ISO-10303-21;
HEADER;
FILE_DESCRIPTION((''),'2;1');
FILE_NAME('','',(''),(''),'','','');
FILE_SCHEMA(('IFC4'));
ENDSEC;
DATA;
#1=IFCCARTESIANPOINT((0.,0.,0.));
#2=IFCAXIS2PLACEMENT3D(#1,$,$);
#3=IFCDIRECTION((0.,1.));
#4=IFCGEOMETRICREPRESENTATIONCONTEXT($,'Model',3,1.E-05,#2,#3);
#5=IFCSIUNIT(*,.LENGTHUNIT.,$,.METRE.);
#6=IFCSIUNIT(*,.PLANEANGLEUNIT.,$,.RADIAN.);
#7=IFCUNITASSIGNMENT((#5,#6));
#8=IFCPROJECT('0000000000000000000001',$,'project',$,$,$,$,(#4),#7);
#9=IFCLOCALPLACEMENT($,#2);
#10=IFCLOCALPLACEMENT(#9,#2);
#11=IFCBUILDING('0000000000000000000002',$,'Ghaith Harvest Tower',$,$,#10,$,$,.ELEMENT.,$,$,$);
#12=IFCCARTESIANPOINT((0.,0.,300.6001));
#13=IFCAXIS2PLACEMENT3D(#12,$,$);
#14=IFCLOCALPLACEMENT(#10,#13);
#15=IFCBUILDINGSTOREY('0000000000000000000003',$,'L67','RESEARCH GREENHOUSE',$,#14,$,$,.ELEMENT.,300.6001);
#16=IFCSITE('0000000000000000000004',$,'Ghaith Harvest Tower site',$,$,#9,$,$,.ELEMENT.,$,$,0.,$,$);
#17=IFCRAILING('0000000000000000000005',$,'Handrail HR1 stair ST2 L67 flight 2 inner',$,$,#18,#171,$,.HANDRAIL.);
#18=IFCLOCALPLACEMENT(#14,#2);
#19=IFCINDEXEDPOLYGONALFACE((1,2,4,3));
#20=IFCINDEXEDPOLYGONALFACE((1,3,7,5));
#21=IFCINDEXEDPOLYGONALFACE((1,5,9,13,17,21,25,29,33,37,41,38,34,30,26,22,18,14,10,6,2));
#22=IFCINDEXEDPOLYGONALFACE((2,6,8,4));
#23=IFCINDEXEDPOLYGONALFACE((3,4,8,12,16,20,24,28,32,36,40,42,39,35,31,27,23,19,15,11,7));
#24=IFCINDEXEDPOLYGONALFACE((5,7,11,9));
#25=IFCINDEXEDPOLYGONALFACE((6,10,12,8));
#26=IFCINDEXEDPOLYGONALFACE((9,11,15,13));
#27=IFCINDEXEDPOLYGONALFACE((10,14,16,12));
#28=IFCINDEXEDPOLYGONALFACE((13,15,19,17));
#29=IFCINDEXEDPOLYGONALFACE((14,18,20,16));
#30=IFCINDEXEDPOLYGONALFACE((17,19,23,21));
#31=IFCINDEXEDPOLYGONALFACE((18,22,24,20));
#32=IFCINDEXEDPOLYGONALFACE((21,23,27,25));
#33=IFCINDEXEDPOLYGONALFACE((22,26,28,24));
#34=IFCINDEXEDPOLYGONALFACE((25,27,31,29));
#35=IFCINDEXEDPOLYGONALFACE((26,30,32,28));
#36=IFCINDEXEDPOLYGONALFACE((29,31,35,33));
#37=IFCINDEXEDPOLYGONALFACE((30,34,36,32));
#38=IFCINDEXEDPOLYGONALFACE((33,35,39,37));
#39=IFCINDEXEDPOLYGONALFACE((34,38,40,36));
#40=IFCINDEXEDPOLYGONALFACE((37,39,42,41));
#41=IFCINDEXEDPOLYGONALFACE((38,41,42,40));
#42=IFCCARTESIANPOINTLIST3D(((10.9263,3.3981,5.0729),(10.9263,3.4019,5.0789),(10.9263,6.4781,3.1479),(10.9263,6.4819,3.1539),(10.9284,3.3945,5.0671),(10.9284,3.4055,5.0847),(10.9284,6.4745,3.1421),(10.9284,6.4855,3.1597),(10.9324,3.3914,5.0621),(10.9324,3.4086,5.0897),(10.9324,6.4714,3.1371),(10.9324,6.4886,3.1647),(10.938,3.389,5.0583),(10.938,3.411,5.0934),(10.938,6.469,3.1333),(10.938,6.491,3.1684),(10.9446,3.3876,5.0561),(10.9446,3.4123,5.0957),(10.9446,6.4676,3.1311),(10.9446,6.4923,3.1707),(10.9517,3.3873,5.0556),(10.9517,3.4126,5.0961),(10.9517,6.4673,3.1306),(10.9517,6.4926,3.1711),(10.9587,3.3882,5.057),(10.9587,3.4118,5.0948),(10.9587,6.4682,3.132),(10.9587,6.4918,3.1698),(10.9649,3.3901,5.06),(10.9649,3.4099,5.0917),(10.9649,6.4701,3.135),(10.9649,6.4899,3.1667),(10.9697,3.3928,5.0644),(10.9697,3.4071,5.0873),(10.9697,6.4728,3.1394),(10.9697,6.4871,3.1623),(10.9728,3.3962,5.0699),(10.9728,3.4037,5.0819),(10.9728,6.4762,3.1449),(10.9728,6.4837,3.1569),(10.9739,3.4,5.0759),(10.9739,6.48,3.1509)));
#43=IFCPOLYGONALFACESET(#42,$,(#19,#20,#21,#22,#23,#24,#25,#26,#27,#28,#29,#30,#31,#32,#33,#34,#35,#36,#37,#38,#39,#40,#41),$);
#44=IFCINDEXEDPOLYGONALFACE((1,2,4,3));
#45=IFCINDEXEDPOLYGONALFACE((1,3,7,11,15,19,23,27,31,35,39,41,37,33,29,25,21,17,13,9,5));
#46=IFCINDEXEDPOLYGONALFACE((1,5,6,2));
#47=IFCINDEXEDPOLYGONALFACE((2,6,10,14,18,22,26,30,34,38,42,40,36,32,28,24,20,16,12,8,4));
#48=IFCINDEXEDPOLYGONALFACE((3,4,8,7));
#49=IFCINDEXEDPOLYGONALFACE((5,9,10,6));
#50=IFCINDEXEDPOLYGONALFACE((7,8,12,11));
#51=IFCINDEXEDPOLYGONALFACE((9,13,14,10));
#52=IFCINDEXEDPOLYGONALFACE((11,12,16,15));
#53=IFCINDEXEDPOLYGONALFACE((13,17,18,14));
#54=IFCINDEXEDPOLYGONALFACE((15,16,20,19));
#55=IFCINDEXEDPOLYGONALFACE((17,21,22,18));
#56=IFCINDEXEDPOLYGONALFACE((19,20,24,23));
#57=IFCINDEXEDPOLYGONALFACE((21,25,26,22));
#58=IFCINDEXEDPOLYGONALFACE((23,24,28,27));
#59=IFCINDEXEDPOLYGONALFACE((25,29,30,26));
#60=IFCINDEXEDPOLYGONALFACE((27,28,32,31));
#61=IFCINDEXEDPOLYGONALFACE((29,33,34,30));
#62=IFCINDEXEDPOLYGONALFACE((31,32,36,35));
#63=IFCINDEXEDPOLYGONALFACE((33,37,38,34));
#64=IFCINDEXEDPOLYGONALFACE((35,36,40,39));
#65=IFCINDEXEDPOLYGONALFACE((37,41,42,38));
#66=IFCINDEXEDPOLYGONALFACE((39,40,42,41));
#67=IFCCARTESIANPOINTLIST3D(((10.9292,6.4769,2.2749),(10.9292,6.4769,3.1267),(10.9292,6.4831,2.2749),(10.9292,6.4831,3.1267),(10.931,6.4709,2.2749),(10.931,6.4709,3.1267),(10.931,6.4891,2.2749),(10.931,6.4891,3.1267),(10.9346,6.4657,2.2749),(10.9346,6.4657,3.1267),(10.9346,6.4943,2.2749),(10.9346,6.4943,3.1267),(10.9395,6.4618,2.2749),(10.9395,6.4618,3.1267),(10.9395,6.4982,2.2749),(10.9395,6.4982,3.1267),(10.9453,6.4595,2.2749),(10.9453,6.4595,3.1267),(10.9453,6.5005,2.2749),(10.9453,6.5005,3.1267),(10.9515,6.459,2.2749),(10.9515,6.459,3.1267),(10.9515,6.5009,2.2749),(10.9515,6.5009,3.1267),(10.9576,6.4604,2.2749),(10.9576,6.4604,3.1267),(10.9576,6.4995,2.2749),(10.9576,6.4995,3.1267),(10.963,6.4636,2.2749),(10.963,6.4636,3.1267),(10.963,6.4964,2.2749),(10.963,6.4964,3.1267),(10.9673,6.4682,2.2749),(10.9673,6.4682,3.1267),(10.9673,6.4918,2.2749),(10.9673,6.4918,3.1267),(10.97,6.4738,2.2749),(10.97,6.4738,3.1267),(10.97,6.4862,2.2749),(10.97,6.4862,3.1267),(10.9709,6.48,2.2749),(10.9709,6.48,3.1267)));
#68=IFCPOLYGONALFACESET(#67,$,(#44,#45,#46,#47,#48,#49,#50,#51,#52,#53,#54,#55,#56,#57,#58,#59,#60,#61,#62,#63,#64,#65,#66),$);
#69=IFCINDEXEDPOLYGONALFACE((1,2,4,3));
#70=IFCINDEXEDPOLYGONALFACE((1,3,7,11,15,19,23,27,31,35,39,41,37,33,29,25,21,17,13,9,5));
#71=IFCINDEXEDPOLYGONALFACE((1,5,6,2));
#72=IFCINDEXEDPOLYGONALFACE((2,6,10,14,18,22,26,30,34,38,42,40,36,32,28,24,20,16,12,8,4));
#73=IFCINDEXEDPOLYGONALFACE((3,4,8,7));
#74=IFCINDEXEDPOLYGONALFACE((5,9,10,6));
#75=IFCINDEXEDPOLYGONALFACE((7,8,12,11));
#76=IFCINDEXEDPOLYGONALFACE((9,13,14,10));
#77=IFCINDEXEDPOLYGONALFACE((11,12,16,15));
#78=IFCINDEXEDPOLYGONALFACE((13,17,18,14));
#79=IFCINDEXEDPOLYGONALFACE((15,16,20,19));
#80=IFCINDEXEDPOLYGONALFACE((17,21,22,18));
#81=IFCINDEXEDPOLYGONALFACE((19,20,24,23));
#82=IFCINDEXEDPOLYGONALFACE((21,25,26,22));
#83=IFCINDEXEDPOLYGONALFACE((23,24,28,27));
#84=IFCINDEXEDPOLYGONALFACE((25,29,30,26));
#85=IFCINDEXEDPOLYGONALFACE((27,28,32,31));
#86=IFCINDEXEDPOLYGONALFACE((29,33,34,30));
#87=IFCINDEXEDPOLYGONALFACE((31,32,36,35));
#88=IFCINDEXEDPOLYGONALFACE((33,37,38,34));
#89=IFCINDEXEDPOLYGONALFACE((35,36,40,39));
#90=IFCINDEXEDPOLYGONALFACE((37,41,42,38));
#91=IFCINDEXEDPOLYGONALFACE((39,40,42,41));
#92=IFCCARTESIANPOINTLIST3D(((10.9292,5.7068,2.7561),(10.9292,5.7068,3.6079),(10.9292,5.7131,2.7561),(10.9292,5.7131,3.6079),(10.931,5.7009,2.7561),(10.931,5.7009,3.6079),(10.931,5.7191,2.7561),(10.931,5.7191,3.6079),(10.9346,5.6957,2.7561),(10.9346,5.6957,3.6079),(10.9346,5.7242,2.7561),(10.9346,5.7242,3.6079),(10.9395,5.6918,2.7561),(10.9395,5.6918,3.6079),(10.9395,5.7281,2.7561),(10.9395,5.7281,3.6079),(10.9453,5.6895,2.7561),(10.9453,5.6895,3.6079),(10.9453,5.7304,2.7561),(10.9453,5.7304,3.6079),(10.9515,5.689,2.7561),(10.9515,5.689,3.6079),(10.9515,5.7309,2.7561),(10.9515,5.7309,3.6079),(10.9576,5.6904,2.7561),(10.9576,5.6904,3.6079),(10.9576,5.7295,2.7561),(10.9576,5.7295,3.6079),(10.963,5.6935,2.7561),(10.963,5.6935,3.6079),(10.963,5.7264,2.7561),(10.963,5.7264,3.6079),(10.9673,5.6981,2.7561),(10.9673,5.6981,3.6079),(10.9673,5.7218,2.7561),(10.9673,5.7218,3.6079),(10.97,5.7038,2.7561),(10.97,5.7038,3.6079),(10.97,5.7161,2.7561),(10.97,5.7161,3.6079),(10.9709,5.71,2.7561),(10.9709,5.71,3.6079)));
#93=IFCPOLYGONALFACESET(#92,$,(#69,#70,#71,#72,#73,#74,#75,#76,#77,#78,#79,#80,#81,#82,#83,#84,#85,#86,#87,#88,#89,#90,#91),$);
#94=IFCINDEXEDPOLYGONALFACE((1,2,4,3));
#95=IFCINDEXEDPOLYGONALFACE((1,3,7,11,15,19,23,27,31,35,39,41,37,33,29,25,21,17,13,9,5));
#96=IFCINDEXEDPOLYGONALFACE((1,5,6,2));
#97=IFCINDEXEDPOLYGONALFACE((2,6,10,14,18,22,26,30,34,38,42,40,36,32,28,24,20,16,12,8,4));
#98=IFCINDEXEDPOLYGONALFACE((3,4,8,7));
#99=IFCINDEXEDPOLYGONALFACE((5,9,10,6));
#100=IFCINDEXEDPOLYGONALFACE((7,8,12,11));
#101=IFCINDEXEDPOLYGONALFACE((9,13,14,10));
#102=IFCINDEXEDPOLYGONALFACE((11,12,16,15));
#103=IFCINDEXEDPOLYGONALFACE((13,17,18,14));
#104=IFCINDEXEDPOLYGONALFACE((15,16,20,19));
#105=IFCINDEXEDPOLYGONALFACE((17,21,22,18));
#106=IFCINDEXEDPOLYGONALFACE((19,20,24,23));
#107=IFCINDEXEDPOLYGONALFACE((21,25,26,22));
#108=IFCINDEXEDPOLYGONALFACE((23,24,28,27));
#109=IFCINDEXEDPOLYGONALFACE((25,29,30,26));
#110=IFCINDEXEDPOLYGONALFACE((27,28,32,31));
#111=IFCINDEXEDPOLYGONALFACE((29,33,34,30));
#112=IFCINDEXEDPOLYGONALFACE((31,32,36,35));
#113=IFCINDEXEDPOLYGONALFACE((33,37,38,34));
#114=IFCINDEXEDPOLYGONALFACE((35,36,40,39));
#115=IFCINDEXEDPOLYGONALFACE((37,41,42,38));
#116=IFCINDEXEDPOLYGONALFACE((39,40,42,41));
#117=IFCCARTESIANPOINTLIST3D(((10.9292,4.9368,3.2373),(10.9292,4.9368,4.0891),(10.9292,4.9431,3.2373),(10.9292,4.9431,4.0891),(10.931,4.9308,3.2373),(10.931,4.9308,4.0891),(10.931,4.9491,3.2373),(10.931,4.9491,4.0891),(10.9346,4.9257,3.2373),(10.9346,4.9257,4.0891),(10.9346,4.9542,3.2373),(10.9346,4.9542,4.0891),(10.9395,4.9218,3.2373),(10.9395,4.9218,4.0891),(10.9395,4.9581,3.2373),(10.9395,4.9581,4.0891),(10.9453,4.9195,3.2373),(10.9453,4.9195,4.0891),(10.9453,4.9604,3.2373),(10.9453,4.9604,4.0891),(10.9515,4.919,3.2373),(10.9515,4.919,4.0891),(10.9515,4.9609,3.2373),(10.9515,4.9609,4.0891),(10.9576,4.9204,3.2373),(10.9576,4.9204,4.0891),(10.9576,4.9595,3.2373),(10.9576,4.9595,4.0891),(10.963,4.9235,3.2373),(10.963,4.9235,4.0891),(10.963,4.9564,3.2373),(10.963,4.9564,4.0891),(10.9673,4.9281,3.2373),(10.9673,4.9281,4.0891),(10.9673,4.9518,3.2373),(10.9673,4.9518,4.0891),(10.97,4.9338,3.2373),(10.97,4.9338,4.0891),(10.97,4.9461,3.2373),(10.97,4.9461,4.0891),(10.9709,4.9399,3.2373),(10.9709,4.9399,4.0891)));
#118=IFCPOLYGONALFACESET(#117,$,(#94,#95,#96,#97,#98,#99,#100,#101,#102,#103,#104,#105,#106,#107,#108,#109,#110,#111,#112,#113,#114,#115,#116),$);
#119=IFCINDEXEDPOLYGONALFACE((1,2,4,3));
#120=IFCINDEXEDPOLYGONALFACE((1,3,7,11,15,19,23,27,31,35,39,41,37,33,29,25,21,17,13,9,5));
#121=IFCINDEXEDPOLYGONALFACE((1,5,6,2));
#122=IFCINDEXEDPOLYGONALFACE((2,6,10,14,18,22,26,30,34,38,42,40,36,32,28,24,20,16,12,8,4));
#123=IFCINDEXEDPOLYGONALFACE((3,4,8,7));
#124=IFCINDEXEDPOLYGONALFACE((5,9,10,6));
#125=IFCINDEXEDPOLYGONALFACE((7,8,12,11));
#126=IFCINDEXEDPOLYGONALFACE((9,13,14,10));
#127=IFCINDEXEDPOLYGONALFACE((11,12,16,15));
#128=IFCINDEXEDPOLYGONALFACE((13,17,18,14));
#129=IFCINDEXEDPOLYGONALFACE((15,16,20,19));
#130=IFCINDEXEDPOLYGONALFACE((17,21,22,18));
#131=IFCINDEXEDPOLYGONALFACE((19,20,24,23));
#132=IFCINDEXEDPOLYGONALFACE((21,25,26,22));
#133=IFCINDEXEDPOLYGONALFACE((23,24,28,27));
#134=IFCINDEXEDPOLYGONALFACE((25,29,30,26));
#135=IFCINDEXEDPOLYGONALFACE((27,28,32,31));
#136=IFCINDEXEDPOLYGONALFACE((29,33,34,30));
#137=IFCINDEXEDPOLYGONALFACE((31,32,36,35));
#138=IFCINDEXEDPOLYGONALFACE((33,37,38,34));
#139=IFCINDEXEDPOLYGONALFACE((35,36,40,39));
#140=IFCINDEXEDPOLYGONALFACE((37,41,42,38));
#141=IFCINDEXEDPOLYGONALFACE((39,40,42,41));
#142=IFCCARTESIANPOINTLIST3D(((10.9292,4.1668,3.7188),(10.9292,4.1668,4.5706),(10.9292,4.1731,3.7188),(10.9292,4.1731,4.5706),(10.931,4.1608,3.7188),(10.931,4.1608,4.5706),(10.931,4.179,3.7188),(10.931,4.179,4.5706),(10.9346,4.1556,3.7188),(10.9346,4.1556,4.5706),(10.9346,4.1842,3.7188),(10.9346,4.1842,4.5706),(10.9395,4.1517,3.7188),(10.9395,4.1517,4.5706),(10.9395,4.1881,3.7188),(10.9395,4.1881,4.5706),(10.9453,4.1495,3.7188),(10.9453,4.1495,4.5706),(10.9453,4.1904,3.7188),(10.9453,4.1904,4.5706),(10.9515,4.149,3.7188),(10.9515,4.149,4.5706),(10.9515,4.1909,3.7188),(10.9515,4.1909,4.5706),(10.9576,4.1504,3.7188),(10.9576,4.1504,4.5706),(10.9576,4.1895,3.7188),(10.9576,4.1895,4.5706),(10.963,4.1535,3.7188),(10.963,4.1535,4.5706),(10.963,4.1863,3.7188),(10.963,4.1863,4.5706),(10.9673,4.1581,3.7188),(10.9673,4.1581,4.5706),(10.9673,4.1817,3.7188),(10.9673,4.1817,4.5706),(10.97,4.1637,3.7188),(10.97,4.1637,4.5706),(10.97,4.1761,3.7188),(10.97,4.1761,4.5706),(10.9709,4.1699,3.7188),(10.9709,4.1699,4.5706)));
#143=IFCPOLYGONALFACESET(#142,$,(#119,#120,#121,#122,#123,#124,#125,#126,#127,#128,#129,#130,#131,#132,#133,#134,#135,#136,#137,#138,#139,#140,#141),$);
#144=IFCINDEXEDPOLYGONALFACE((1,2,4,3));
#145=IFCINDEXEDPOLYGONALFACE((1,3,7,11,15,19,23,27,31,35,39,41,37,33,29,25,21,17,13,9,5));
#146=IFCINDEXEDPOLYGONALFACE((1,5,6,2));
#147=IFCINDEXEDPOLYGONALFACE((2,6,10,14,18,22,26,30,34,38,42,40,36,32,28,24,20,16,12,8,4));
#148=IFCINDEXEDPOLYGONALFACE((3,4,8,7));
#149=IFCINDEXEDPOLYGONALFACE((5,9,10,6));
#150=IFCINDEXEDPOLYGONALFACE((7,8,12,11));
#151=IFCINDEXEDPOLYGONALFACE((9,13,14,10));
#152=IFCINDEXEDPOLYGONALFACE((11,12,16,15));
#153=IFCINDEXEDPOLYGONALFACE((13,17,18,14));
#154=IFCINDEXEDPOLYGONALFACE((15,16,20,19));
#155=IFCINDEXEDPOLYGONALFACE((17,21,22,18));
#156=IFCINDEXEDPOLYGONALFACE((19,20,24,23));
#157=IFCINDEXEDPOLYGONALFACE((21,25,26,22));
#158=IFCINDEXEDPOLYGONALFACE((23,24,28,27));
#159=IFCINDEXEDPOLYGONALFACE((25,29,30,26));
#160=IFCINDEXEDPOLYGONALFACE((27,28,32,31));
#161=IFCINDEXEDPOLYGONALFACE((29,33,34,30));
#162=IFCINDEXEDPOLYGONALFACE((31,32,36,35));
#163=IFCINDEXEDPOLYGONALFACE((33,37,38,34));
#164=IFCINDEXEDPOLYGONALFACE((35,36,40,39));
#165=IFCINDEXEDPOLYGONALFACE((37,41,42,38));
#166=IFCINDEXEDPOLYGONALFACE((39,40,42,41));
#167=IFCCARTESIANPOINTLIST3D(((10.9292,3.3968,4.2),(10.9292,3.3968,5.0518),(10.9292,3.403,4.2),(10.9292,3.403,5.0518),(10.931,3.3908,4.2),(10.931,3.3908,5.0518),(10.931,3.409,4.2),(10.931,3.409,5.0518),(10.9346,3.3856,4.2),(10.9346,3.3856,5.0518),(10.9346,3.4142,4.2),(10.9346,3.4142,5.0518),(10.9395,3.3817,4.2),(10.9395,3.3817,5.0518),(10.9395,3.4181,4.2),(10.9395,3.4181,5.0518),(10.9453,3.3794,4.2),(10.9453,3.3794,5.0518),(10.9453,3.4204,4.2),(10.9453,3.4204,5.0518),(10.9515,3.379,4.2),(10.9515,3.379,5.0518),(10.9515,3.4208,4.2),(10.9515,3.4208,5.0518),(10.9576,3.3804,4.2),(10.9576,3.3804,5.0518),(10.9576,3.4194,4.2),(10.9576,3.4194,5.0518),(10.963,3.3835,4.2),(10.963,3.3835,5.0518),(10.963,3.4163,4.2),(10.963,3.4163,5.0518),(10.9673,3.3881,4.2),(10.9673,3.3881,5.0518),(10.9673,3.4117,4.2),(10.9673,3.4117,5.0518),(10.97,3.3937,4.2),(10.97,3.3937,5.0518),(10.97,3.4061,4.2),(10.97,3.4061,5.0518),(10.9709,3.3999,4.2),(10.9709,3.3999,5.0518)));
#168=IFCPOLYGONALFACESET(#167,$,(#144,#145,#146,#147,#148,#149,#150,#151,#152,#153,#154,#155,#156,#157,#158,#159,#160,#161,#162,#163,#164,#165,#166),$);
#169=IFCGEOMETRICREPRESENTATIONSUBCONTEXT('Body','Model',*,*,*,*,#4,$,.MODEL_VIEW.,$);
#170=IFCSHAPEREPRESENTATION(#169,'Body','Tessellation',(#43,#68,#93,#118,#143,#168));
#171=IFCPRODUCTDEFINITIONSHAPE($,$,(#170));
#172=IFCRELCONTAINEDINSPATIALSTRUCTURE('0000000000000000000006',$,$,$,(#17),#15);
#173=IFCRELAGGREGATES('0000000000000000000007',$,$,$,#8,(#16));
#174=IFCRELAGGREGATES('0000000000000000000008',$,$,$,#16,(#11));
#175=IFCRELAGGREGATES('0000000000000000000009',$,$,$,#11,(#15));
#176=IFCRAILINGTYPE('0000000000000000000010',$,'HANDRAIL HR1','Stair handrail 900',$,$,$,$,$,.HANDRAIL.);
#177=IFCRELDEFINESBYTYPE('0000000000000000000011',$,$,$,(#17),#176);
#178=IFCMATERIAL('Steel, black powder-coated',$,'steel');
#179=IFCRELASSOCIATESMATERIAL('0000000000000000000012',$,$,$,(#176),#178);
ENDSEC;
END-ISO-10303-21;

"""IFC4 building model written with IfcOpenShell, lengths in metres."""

from ifc_helpers import new_model, si_unit, direction, frame, origin, origin_2d, place, context, subcontext, project, spatial, circle, extrude, material, type_object, element, save


model = new_model("IFC4")

# Units and contexts
model_context = context("Model", 3, precision=1e-05, world=origin(), true_north=direction((0.0, 1.0)))
body_context = subcontext(model_context, "Body", "Model", "MODEL_VIEW")
ifc_project = project(units=[si_unit("LENGTHUNIT", "METRE"), si_unit("PLANEANGLEUNIT", "RADIAN")], contexts=[model_context])

# Site, building, storey
site_placement = place(None, origin())
site = spatial("IfcSite", under=ifc_project, at=site_placement, Name="Ghaith Harvest Tower site", CompositionType="ELEMENT", RefElevation=0.0)
building_placement = place(site_placement, origin())
building = spatial("IfcBuilding", under=site, at=building_placement, Name="Ghaith Harvest Tower", CompositionType="ELEMENT")
storey_placement = place(building_placement, frame((0.0, 0.0, 300.6001)))
storey = spatial("IfcBuildingStorey", under=building, at=storey_placement, Name="L67", Description="RESEARCH GREENHOUSE", CompositionType="ELEMENT", Elevation=300.6001)

# Railing
ifc_material_1 = material(Name="Steel, black powder-coated", Category="steel")
railing_type = type_object("IfcRailingType", Name="HANDRAIL HR1", Description="Stair handrail 900", PredefinedType="HANDRAIL", material=ifc_material_1)
railing_1_placement = place(storey_placement, frame((10.95, 6.48, 2.2749)))
element("IfcRailing", 1, at=railing_1_placement, inside=storey, type_object=railing_type, Name="Handrail HR1 stair ST2 L67 flight 2 inner", PredefinedType="HANDRAIL", context=body_context, shape_type="SweptSolid", body=[
    extrude(circle(Radius=0.0239, at=origin_2d()), frame((0.0, 0.0, 0.876), z_axis=(0.0, -0.847998, 0.529999), x_axis=(1.0, 0.0, 0.0)), (0.0, 0.0, 1.0), 3.6321),
    extrude(circle(Radius=0.021, at=origin_2d()), origin(), (0.0, 0.0, 1.0), 0.8518),
    extrude(circle(Radius=0.021, at=origin_2d()), frame((0.0, -0.77, 0.4812)), (0.0, 0.0, 1.0), 0.8518),
    extrude(circle(Radius=0.021, at=origin_2d()), frame((0.0, -1.54, 0.9624)), (0.0, 0.0, 1.0), 0.8518),
    extrude(circle(Radius=0.021, at=origin_2d()), frame((0.0, -2.3101, 1.4438)), (0.0, 0.0, 1.0), 0.8518),
    extrude(circle(Radius=0.021, at=origin_2d()), frame((0.0, -3.0801, 1.925)), (0.0, 0.0, 1.0), 0.8518),
])

save(model, "model.ifc")
